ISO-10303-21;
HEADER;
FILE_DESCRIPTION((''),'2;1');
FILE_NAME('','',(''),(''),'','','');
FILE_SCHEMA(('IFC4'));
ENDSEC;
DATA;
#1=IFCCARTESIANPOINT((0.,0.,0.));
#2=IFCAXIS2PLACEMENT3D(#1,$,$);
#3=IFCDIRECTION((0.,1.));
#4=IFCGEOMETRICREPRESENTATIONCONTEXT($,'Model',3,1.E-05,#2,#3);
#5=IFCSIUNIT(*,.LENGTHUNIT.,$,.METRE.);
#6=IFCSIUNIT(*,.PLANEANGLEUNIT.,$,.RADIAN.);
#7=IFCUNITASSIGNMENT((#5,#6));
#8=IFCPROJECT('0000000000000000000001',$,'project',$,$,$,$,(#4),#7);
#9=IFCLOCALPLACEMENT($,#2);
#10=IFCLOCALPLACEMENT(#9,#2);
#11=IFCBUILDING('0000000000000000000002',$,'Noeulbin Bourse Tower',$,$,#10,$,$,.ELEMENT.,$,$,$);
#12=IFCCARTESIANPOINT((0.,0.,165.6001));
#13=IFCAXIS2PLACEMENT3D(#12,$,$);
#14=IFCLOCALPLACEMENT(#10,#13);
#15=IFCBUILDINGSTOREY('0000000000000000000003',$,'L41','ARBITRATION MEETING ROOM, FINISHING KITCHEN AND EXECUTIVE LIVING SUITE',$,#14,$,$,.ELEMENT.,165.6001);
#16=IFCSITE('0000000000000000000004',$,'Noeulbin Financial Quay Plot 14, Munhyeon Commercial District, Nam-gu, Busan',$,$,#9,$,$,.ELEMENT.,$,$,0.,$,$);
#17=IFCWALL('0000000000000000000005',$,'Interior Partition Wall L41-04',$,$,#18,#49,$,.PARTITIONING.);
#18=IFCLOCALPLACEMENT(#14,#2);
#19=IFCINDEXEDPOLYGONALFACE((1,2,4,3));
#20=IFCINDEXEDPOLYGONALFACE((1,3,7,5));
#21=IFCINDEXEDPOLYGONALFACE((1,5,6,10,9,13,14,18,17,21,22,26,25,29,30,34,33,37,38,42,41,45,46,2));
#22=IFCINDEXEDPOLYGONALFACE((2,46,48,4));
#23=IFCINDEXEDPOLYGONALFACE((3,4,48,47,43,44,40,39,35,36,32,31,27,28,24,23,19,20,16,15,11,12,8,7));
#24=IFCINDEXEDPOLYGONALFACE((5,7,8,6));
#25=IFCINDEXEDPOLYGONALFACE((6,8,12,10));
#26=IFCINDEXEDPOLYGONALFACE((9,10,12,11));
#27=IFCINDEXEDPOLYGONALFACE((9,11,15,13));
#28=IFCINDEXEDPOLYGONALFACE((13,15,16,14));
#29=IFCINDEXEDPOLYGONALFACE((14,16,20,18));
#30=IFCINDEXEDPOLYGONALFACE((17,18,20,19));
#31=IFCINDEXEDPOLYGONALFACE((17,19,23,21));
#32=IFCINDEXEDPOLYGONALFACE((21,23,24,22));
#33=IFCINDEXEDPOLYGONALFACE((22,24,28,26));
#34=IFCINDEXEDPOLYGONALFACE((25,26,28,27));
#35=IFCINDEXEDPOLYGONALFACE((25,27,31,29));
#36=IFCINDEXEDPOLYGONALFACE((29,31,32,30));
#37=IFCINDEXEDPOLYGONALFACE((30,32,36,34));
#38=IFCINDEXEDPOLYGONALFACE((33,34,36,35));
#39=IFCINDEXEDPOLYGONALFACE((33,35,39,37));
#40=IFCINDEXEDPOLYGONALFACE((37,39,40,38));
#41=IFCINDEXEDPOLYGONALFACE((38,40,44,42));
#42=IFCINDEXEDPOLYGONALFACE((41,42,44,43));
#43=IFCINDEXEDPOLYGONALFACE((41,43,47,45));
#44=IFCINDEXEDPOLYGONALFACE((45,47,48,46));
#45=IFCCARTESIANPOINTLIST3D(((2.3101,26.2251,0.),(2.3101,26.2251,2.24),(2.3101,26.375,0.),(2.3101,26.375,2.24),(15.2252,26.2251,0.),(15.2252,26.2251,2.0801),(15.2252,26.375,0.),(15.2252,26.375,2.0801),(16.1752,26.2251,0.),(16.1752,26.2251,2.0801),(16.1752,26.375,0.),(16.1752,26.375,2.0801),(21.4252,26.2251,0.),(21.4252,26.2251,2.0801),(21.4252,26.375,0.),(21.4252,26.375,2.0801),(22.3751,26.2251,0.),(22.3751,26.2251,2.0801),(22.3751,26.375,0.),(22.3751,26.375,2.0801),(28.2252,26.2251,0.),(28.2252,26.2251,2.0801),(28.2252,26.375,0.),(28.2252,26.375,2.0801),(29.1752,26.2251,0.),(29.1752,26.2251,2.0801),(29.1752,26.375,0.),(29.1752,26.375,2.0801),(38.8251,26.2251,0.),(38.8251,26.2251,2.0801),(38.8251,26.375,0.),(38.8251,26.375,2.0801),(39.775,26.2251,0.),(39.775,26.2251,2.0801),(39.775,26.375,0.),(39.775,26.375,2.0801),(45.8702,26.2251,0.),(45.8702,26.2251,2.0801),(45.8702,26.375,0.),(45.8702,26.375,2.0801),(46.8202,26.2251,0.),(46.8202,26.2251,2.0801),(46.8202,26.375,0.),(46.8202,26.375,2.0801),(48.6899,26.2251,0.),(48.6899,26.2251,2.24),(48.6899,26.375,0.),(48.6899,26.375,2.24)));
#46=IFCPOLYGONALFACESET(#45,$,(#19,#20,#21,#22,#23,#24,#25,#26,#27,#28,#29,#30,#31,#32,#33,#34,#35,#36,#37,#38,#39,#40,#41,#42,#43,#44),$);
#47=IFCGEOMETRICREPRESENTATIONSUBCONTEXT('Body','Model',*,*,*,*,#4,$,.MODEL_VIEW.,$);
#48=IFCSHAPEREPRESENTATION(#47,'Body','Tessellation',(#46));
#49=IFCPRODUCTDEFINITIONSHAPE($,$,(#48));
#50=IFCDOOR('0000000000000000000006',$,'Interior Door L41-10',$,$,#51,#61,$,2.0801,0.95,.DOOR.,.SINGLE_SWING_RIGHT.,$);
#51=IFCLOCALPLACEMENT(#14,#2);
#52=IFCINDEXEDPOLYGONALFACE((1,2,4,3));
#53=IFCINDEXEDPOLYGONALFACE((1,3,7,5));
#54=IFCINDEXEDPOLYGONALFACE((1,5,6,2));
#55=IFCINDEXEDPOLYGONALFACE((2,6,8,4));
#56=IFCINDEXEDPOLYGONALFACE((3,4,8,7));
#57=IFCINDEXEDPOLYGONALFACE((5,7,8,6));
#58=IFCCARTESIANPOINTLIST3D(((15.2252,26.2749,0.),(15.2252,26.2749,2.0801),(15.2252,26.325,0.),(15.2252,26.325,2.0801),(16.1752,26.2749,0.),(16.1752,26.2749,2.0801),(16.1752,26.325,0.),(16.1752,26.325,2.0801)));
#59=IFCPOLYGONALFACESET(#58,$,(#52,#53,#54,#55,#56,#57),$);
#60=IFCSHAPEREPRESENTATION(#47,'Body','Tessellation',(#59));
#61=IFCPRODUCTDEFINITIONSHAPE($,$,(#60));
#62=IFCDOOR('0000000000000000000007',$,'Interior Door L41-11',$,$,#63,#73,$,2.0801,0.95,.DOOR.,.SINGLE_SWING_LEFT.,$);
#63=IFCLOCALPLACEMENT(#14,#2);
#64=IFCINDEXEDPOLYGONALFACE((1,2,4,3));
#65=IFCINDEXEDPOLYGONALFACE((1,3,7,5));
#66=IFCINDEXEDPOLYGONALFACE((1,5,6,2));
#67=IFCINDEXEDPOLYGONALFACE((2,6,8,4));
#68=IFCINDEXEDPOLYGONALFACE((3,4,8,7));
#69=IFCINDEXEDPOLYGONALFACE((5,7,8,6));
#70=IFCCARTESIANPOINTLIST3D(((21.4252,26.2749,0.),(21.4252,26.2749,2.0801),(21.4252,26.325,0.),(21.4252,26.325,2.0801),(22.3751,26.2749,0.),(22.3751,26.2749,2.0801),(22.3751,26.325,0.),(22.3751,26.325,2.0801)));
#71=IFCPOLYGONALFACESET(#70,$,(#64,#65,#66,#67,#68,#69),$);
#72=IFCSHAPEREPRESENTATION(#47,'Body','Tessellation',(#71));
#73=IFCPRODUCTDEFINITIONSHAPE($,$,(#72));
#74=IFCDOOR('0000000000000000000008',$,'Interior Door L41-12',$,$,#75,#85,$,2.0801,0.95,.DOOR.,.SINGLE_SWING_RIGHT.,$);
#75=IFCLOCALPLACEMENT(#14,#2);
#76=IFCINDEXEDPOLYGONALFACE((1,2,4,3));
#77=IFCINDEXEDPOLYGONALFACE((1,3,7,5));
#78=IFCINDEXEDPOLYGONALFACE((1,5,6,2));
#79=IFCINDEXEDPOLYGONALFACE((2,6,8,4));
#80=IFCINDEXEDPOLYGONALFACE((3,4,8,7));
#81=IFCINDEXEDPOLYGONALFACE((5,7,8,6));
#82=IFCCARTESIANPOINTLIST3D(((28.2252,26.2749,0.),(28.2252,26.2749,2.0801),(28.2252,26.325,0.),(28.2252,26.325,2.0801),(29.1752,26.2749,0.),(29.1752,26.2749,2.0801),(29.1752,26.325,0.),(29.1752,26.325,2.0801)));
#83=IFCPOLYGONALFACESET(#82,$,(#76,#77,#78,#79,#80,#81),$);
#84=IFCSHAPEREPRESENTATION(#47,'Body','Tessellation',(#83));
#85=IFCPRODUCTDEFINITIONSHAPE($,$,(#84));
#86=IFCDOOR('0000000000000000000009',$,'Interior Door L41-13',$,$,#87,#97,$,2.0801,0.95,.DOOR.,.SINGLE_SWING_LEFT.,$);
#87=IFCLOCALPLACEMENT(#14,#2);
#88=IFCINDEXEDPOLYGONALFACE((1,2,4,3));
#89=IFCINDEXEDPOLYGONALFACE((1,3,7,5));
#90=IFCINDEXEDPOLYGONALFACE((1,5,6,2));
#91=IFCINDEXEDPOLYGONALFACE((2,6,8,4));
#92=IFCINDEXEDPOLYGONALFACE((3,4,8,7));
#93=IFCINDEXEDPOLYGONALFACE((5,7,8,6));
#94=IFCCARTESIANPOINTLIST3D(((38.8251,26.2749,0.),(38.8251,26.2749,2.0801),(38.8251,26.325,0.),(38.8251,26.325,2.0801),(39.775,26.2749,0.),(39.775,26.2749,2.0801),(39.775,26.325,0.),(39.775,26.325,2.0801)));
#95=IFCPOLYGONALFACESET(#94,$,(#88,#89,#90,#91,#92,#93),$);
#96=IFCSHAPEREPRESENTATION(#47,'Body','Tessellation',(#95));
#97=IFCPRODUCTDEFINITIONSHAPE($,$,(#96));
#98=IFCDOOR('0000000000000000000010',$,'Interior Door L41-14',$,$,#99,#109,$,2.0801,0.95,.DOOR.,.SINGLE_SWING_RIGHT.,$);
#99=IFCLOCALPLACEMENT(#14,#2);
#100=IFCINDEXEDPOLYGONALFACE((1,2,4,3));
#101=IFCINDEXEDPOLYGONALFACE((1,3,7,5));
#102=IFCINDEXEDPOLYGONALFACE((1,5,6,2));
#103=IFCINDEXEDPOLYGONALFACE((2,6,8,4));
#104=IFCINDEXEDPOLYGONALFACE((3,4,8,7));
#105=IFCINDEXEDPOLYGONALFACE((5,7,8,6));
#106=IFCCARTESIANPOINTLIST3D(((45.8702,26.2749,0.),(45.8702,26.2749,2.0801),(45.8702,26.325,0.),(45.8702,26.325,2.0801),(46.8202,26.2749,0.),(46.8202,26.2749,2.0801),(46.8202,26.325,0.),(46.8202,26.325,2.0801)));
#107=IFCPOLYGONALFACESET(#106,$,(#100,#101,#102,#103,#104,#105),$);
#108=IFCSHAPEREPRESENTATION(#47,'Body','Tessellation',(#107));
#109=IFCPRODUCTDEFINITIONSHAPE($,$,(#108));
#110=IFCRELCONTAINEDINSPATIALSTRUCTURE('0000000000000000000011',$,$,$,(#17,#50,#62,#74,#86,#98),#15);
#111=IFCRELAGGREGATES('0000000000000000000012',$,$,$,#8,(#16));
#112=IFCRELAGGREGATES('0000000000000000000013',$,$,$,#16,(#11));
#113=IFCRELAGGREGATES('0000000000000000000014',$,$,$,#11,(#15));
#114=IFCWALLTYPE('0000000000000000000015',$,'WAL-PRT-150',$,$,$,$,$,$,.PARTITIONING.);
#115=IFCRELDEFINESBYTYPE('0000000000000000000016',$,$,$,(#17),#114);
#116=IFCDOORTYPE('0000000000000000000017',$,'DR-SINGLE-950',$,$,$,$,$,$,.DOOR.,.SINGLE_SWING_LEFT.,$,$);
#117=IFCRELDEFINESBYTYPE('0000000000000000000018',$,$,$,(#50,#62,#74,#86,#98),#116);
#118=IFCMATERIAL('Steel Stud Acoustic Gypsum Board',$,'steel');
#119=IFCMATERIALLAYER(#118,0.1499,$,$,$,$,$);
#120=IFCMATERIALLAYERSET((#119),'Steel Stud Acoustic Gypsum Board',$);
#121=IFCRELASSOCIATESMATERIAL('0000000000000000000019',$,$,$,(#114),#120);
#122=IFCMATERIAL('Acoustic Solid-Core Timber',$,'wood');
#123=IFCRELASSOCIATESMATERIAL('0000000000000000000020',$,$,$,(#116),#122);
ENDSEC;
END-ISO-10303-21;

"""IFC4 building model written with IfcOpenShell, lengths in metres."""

from ifc_helpers import new_model, si_unit, direction, frame, frame_2d, origin, place, context, subcontext, project, spatial, rectangle, extrude, material, layer, layer_set, type_object, element, fill, save


model = new_model("IFC4")

# Units and contexts
model_context = context("Model", 3, precision=1e-05, world=origin(), true_north=direction((0.0, 1.0)))
body_context = subcontext(model_context, "Body", "Model", "MODEL_VIEW")
ifc_project = project(units=[si_unit("LENGTHUNIT", "METRE"), si_unit("PLANEANGLEUNIT", "RADIAN")], contexts=[model_context])

# Site, building, storey
site_placement = place(None, origin())
site = spatial("IfcSite", under=ifc_project, at=site_placement, Name="Noeulbin Financial Quay Plot 14, Munhyeon Commercial District, Nam-gu, Busan", CompositionType="ELEMENT", RefElevation=0.0)
building_placement = place(site_placement, origin())
building = spatial("IfcBuilding", under=site, at=building_placement, Name="Noeulbin Bourse Tower", CompositionType="ELEMENT")
storey_placement = place(building_placement, frame((0.0, 0.0, 165.6001)))
storey = spatial("IfcBuildingStorey", under=building, at=storey_placement, Name="L41", Description="ARBITRATION MEETING ROOM, FINISHING KITCHEN AND EXECUTIVE LIVING SUITE", CompositionType="ELEMENT", Elevation=165.6001)

# Wall, openings, doors
ifc_material_1 = material(Name="Steel Stud Acoustic Gypsum Board", Category="steel")
ifc_layer_1 = layer(ifc_material_1, 0.1499)
ifc_layer_set_1 = layer_set([ifc_layer_1], Name="Steel Stud Acoustic Gypsum Board")
wall_type = type_object("IfcWallType", Name="WAL-PRT-150", PredefinedType="PARTITIONING", material=ifc_layer_set_1)
wall_placement = place(storey_placement, frame((2.3101, 26.3, 0.0), z_axis=(0.0, 0.0, 1.0), x_axis=(1.0, 0.0, 0.0)))
wall = element("IfcWall", 1, at=wall_placement, inside=storey, type_object=wall_type, Name="Interior Partition Wall L41-04", PredefinedType="PARTITIONING", context=body_context, shape_type="SweptSolid", body=[
    extrude(rectangle(XDim=46.3799, YDim=0.1499, at=frame_2d((23.1899, 0.0))), origin(), (0.0, 0.0, 1.0), 2.24),
])
opening_1_placement = place(wall_placement, frame((12.915, 0.0, 0.0)))
opening_1 = element("IfcOpeningElement", 2, at=opening_1_placement, cuts=wall, PredefinedType="OPENING", context=body_context, shape_type="SweptSolid", body=[
    extrude(rectangle(XDim=0.95, YDim=2.0801, at=frame_2d((0.4751, 1.04))), frame((0.0, 0.085, 0.0), z_axis=(0.0, -1.0, 0.0), x_axis=(1.0, 0.0, 0.0)), (0.0, 0.0, 1.0), 0.1699),
])
opening_2_placement = place(wall_placement, frame((19.115, 0.0, 0.0)))
opening_2 = element("IfcOpeningElement", 3, at=opening_2_placement, cuts=wall, PredefinedType="OPENING", context=body_context, shape_type="SweptSolid", body=[
    extrude(rectangle(XDim=0.95, YDim=2.0801, at=frame_2d((0.4751, 1.04))), frame((0.0, 0.085, 0.0), z_axis=(0.0, -1.0, 0.0), x_axis=(1.0, 0.0, 0.0)), (0.0, 0.0, 1.0), 0.1699),
])
opening_3_placement = place(wall_placement, frame((25.915, 0.0, 0.0)))
opening_3 = element("IfcOpeningElement", 4, at=opening_3_placement, cuts=wall, PredefinedType="OPENING", context=body_context, shape_type="SweptSolid", body=[
    extrude(rectangle(XDim=0.95, YDim=2.0801, at=frame_2d((0.4751, 1.04))), frame((0.0, 0.085, 0.0), z_axis=(0.0, -1.0, 0.0), x_axis=(1.0, 0.0, 0.0)), (0.0, 0.0, 1.0), 0.1699),
])
opening_4_placement = place(wall_placement, frame((36.5149, 0.0, 0.0)))
opening_4 = element("IfcOpeningElement", 5, at=opening_4_placement, cuts=wall, PredefinedType="OPENING", context=body_context, shape_type="SweptSolid", body=[
    extrude(rectangle(XDim=0.95, YDim=2.0801, at=frame_2d((0.4751, 1.04))), frame((0.0, 0.085, 0.0), z_axis=(0.0, -1.0, 0.0), x_axis=(1.0, 0.0, 0.0)), (0.0, 0.0, 1.0), 0.1699),
])
opening_5_placement = place(wall_placement, frame((43.5601, 0.0, 0.0)))
opening_5 = element("IfcOpeningElement", 6, at=opening_5_placement, cuts=wall, PredefinedType="OPENING", context=body_context, shape_type="SweptSolid", body=[
    extrude(rectangle(XDim=0.95, YDim=2.0801, at=frame_2d((0.4751, 1.04))), frame((0.0, 0.085, 0.0), z_axis=(0.0, -1.0, 0.0), x_axis=(1.0, 0.0, 0.0)), (0.0, 0.0, 1.0), 0.1699),
])
ifc_material_2 = material(Name="Acoustic Solid-Core Timber", Category="wood")
door_type = type_object("IfcDoorType", Name="DR-SINGLE-950", OperationType="SINGLE_SWING_LEFT", PredefinedType="DOOR", material=ifc_material_2)
door_1_placement = place(opening_1_placement, origin())
door_1 = element("IfcDoor", 7, at=door_1_placement, inside=storey, type_object=door_type, Name="Interior Door L41-10", OperationType="SINGLE_SWING_RIGHT", OverallHeight=2.0801, OverallWidth=0.95, PredefinedType="DOOR", context=body_context, shape_type="SweptSolid", body=[
    extrude(rectangle(XDim=0.95, YDim=2.0801, at=frame_2d((0.4751, 1.04))), frame((0.0, 0.0249, 0.0), z_axis=(0.0, -1.0, 0.0), x_axis=(1.0, 0.0, 0.0)), (0.0, 0.0, 1.0), 0.05),
])
fill(opening_1, door_1)
door_2_placement = place(opening_2_placement, origin())
door_2 = element("IfcDoor", 8, at=door_2_placement, inside=storey, type_object=door_type, Name="Interior Door L41-11", OperationType="SINGLE_SWING_LEFT", OverallHeight=2.0801, OverallWidth=0.95, PredefinedType="DOOR", context=body_context, shape_type="SweptSolid", body=[
    extrude(rectangle(XDim=0.95, YDim=2.0801, at=frame_2d((0.4751, 1.04))), frame((0.0, 0.0249, 0.0), z_axis=(0.0, -1.0, 0.0), x_axis=(1.0, 0.0, 0.0)), (0.0, 0.0, 1.0), 0.05),
])
fill(opening_2, door_2)
door_3_placement = place(opening_3_placement, origin())
door_3 = element("IfcDoor", 9, at=door_3_placement, inside=storey, type_object=door_type, Name="Interior Door L41-12", OperationType="SINGLE_SWING_RIGHT", OverallHeight=2.0801, OverallWidth=0.95, PredefinedType="DOOR", context=body_context, shape_type="SweptSolid", body=[
    extrude(rectangle(XDim=0.95, YDim=2.0801, at=frame_2d((0.4751, 1.04))), frame((0.0, 0.0249, 0.0), z_axis=(0.0, -1.0, 0.0), x_axis=(1.0, 0.0, 0.0)), (0.0, 0.0, 1.0), 0.05),
])
fill(opening_3, door_3)
door_4_placement = place(opening_4_placement, origin())
door_4 = element("IfcDoor", 10, at=door_4_placement, inside=storey, type_object=door_type, Name="Interior Door L41-13", OperationType="SINGLE_SWING_LEFT", OverallHeight=2.0801, OverallWidth=0.95, PredefinedType="DOOR", context=body_context, shape_type="SweptSolid", body=[
    extrude(rectangle(XDim=0.95, YDim=2.0801, at=frame_2d((0.4751, 1.04))), frame((0.0, 0.0249, 0.0), z_axis=(0.0, -1.0, 0.0), x_axis=(1.0, 0.0, 0.0)), (0.0, 0.0, 1.0), 0.05),
])
fill(opening_4, door_4)
door_5_placement = place(opening_5_placement, origin())
door_5 = element("IfcDoor", 11, at=door_5_placement, inside=storey, type_object=door_type, Name="Interior Door L41-14", OperationType="SINGLE_SWING_RIGHT", OverallHeight=2.0801, OverallWidth=0.95, PredefinedType="DOOR", context=body_context, shape_type="SweptSolid", body=[
    extrude(rectangle(XDim=0.95, YDim=2.0801, at=frame_2d((0.4751, 1.04))), frame((0.0, 0.0249, 0.0), z_axis=(0.0, -1.0, 0.0), x_axis=(1.0, 0.0, 0.0)), (0.0, 0.0, 1.0), 0.05),
])
fill(opening_5, door_5)

save(model, "model.ifc")
